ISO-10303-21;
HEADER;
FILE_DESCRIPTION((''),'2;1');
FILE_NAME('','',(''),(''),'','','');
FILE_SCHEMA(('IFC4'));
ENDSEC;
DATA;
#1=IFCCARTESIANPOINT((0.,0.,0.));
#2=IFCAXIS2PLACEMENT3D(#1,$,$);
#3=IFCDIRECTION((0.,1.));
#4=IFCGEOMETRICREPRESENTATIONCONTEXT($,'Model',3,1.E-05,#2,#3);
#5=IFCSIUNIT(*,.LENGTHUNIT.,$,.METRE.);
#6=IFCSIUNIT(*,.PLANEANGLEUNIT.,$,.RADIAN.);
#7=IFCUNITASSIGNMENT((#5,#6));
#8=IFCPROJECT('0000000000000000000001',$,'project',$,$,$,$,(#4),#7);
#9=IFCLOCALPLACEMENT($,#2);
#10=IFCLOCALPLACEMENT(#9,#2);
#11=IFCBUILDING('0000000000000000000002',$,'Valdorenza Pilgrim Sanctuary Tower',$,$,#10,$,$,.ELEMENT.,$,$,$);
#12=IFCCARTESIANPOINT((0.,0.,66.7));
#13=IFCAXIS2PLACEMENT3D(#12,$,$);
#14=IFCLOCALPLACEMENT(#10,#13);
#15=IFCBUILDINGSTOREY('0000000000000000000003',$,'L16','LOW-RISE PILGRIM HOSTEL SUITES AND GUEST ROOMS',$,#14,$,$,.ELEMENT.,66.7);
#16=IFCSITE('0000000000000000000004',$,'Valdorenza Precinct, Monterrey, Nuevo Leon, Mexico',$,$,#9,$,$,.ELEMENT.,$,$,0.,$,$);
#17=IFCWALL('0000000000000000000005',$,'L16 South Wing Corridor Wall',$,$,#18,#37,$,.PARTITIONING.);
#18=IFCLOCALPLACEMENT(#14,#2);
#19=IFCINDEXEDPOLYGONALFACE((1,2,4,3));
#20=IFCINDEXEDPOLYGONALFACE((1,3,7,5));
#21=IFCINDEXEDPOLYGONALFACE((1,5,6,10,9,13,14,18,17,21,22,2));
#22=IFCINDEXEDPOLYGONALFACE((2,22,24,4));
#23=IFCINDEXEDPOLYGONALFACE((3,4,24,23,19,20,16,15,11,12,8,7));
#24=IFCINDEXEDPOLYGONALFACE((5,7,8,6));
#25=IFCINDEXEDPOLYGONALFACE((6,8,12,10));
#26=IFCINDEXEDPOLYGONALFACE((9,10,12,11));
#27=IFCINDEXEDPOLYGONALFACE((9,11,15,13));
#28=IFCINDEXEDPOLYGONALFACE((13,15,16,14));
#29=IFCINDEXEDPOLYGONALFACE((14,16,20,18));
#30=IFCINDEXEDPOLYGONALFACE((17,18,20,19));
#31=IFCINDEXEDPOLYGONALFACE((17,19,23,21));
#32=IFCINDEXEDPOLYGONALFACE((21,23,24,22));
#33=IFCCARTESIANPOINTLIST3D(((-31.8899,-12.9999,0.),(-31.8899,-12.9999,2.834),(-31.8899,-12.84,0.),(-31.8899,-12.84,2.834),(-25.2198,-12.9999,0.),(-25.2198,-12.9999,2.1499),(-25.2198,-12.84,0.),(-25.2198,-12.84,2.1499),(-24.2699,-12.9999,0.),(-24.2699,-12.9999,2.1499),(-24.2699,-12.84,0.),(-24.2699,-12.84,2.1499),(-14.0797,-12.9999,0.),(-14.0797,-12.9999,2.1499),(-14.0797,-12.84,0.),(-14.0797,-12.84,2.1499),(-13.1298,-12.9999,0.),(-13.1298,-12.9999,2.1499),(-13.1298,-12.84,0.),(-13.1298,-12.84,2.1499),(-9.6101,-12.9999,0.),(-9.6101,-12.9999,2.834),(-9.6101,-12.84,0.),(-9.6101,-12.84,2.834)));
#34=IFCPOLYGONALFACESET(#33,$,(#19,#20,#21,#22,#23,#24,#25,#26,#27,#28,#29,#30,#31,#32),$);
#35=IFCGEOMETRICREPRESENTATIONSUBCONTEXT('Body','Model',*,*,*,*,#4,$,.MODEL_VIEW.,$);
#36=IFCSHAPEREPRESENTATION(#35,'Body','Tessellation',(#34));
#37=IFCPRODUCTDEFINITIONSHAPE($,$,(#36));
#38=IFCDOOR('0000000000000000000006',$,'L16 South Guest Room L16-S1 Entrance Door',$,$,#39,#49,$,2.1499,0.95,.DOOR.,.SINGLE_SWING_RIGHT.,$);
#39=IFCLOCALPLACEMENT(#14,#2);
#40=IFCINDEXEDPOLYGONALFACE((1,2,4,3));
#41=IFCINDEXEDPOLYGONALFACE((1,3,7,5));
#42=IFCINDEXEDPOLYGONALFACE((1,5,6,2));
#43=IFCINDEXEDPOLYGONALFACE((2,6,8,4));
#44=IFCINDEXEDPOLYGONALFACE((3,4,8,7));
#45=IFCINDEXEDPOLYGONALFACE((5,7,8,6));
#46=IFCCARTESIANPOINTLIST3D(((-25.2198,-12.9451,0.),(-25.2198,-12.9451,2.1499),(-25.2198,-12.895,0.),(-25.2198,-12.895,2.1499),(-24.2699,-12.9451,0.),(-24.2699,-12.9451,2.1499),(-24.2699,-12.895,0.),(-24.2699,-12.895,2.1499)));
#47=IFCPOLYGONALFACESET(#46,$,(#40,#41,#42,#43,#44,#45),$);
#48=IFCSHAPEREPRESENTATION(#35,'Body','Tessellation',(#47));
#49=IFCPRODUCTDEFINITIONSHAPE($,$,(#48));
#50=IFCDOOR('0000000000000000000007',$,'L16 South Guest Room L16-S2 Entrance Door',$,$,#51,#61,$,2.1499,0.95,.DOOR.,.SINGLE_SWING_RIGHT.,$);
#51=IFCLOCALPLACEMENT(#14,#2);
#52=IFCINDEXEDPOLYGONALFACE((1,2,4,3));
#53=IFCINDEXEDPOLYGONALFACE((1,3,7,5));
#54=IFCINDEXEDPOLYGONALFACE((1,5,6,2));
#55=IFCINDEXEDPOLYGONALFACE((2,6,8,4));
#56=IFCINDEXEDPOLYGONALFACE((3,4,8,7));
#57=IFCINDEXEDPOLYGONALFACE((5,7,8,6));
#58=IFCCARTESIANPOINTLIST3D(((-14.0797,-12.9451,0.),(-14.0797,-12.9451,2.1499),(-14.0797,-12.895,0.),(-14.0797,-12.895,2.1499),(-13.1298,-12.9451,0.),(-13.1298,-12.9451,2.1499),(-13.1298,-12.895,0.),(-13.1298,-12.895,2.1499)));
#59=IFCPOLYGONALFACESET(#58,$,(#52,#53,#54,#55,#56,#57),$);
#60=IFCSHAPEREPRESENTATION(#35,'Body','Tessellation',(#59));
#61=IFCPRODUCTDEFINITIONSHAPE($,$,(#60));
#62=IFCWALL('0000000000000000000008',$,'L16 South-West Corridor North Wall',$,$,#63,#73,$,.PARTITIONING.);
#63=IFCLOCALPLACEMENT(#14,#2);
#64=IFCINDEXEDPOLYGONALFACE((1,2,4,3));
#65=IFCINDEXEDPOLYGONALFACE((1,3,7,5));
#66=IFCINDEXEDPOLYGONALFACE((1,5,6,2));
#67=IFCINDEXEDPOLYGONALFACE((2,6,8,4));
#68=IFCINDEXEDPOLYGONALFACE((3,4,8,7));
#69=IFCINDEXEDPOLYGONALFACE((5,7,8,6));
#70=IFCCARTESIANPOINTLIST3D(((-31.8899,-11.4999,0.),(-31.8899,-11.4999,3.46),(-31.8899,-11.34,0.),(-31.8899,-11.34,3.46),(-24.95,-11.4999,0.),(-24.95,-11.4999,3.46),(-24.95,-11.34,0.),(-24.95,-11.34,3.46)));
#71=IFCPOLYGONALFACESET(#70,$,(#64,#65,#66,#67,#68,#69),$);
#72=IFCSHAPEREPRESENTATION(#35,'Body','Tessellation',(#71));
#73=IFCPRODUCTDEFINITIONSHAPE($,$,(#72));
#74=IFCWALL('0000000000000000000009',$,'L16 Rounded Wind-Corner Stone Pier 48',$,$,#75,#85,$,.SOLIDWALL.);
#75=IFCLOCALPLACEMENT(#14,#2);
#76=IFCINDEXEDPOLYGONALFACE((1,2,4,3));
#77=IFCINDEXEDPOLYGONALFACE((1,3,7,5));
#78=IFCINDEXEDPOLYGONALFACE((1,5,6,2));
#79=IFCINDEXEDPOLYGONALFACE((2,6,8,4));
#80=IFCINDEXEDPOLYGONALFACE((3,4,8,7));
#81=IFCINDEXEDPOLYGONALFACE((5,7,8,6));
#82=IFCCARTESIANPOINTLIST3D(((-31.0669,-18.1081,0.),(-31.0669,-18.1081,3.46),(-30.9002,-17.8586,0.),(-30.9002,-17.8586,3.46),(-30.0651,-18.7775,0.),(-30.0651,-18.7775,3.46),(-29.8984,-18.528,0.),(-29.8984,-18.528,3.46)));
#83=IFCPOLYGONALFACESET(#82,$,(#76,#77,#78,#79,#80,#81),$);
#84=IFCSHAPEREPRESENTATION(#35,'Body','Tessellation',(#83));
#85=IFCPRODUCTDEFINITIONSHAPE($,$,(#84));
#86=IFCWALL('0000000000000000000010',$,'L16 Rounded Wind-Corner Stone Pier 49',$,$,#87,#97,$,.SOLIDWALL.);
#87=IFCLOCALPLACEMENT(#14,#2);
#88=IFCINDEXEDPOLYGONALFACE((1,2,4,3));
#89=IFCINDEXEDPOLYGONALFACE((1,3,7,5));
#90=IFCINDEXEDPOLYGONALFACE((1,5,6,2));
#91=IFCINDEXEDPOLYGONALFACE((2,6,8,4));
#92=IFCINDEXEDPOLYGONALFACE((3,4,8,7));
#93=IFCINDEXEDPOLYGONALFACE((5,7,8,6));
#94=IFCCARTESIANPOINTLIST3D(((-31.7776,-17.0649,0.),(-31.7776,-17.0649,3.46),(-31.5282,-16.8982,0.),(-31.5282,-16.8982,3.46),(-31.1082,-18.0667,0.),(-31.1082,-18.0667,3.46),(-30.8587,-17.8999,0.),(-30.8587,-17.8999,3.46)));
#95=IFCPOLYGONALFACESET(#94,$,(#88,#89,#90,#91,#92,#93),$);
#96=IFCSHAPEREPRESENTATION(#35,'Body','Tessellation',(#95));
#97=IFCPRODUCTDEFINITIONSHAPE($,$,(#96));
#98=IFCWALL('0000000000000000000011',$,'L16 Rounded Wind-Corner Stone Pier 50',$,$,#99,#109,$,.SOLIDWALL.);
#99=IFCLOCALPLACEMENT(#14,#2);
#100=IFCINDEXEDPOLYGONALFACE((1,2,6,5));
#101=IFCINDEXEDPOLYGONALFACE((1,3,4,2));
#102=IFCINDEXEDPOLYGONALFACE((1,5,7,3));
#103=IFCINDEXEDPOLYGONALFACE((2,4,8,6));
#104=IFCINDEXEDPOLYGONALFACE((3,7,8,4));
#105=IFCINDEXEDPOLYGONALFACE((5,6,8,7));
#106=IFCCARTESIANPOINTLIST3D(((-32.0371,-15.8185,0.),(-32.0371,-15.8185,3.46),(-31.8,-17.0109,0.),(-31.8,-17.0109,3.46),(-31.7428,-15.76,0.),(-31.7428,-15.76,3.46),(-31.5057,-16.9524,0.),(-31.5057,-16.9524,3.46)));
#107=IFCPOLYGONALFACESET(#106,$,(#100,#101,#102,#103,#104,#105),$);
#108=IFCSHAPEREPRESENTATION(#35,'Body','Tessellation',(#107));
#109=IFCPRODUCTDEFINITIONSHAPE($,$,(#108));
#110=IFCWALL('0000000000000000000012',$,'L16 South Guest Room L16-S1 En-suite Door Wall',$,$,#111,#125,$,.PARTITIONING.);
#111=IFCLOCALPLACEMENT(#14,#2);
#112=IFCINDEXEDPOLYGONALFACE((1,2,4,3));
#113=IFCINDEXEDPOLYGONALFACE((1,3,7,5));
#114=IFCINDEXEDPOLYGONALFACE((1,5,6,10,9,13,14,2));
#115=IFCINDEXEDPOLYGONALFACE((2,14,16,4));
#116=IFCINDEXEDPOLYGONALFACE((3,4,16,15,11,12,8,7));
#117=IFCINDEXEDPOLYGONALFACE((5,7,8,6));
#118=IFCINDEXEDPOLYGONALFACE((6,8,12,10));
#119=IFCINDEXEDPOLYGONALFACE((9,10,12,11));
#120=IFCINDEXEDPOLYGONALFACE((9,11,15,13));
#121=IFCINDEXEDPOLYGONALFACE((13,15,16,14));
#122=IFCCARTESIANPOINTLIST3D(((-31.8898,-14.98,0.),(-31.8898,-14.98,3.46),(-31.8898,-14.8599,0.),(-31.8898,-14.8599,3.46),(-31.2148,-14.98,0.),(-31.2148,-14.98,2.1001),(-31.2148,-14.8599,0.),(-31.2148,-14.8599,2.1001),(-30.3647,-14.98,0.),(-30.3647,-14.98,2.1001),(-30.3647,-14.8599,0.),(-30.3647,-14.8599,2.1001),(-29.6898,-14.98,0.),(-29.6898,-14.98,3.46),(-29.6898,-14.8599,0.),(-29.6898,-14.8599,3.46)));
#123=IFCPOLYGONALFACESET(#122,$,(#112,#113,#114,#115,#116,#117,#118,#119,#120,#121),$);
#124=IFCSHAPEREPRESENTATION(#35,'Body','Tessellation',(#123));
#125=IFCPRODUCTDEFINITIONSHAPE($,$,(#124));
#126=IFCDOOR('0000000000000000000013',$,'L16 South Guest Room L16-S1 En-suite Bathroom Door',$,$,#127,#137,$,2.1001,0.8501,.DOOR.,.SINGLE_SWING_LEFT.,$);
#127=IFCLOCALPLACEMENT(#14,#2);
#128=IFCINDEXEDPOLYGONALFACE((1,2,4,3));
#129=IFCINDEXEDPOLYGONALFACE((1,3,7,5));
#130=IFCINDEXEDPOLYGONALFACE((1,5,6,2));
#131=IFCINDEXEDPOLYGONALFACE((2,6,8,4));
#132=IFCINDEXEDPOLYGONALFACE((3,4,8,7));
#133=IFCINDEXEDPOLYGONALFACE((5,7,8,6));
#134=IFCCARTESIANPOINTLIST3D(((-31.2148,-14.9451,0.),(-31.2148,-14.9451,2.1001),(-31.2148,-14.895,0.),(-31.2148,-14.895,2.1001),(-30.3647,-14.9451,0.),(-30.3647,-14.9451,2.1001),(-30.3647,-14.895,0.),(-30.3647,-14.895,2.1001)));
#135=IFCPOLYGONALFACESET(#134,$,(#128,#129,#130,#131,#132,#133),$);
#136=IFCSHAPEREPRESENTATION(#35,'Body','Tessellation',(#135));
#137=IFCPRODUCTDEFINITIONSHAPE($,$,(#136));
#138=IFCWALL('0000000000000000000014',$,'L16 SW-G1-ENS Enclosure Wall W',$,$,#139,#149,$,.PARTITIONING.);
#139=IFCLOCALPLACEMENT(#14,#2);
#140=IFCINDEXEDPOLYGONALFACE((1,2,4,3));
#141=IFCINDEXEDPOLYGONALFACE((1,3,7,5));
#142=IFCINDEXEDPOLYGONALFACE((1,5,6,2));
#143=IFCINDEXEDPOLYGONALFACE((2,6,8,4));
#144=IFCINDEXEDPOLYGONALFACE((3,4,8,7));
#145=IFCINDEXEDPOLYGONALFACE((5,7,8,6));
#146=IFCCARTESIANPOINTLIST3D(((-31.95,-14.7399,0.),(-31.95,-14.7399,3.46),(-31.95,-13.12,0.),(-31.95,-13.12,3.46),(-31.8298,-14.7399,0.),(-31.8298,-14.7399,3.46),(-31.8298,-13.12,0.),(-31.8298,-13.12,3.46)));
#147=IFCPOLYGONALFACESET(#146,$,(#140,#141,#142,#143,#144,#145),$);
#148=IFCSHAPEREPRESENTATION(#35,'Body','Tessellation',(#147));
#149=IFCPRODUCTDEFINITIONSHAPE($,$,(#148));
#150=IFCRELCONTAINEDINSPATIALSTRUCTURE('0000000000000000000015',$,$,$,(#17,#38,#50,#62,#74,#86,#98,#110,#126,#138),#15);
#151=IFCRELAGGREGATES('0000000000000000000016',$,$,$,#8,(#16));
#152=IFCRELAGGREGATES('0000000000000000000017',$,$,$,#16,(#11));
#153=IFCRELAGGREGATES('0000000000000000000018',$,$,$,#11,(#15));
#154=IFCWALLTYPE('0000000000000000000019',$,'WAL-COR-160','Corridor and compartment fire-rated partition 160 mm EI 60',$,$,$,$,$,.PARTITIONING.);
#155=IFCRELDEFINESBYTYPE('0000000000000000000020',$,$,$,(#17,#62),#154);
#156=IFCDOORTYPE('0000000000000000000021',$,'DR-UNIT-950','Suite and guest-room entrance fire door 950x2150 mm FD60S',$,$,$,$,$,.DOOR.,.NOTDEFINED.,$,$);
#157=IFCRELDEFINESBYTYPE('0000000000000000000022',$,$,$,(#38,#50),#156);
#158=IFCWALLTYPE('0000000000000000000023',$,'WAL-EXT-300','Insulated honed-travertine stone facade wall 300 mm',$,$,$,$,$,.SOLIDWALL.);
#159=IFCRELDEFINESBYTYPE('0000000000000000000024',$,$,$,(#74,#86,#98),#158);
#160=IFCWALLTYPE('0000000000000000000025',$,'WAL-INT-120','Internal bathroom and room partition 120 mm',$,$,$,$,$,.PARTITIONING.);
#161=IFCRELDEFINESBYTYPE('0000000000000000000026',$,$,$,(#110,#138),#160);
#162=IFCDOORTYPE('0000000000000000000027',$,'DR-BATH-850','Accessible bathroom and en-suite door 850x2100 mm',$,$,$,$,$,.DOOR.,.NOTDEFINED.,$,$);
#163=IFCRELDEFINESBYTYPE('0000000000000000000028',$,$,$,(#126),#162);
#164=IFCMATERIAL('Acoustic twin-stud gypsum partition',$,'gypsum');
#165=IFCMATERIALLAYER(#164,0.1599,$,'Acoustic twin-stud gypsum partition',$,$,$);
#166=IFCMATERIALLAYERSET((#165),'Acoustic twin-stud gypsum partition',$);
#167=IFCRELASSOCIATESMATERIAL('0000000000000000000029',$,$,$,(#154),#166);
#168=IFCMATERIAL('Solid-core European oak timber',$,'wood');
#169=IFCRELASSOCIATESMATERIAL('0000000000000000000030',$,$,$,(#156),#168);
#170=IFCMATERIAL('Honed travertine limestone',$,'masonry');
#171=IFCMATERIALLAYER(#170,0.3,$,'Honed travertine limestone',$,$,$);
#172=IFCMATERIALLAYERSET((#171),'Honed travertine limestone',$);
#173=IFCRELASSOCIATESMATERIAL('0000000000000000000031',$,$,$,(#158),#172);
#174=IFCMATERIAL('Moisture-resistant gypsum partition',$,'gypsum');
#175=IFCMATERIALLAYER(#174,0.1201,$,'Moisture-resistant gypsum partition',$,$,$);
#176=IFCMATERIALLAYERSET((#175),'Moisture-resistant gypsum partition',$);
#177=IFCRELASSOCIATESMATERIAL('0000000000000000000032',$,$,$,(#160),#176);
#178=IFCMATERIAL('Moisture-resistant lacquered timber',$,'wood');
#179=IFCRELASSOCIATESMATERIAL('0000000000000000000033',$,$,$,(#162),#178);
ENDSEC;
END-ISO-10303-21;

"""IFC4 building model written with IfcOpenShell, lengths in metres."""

from ifc_helpers import new_model, si_unit, direction, frame, frame_2d, origin, place, context, subcontext, project, spatial, rectangle, extrude, material, layer, layer_set, type_object, element, fill, save


model = new_model("IFC4")

# Units and contexts
model_context = context("Model", 3, precision=1e-05, world=origin(), true_north=direction((0.0, 1.0)))
body_context = subcontext(model_context, "Body", "Model", "MODEL_VIEW")
ifc_project = project(units=[si_unit("LENGTHUNIT", "METRE"), si_unit("PLANEANGLEUNIT", "RADIAN")], contexts=[model_context])

# Site, building, storey
site_placement = place(None, origin())
site = spatial("IfcSite", under=ifc_project, at=site_placement, Name="Valdorenza Precinct, Monterrey, Nuevo Leon, Mexico", CompositionType="ELEMENT", RefElevation=0.0)
building_placement = place(site_placement, origin())
building = spatial("IfcBuilding", under=site, at=building_placement, Name="Valdorenza Pilgrim Sanctuary Tower", CompositionType="ELEMENT")
storey_placement = place(building_placement, frame((0.0, 0.0, 66.7)))
storey = spatial("IfcBuildingStorey", under=building, at=storey_placement, Name="L16", Description="LOW-RISE PILGRIM HOSTEL SUITES AND GUEST ROOMS", CompositionType="ELEMENT", Elevation=66.7)

# Shared definitions
ifc_material_1 = material(Name="Honed travertine limestone", Category="masonry")

# Wall, openings, doors
ifc_material_2 = material(Name="Acoustic twin-stud gypsum partition", Category="gypsum")
ifc_layer_1 = layer(ifc_material_2, 0.1599, Name="Acoustic twin-stud gypsum partition")
ifc_layer_set_1 = layer_set([ifc_layer_1], Name="Acoustic twin-stud gypsum partition")
wall_type_1 = type_object("IfcWallType", Name="WAL-COR-160", Description="Corridor and compartment fire-rated partition 160 mm EI 60", PredefinedType="PARTITIONING", material=ifc_layer_set_1)
wall_1_placement = place(storey_placement, frame((-31.8899, -12.9199, 0.0), z_axis=(0.0, 0.0, 1.0), x_axis=(1.0, 0.0, 0.0)))
wall_1 = element("IfcWall", 1, at=wall_1_placement, inside=storey, type_object=wall_type_1, Name="L16 South Wing Corridor Wall", PredefinedType="PARTITIONING", context=body_context, shape_type="SweptSolid", body=[
    extrude(rectangle(XDim=22.2798, YDim=0.1599, at=frame_2d((11.1399, 0.0))), origin(), (0.0, 0.0, 1.0), 2.834),
])
opening_1_placement = place(wall_1_placement, frame((6.6699, 0.0, 0.0)))
opening_1 = element("IfcOpeningElement", 2, at=opening_1_placement, cuts=wall_1, PredefinedType="OPENING", context=body_context, shape_type="SweptSolid", body=[
    extrude(rectangle(XDim=0.95, YDim=2.1499, at=frame_2d((0.4751, 1.075))), frame((0.0, 0.0947, 0.0), z_axis=(0.0, -1.0, 0.0), x_axis=(1.0, 0.0, 0.0)), (0.0, 0.0, 1.0), 0.1897),
])
opening_2_placement = place(wall_1_placement, frame((17.8101, 0.0, 0.0)))
opening_2 = element("IfcOpeningElement", 3, at=opening_2_placement, cuts=wall_1, PredefinedType="OPENING", context=body_context, shape_type="SweptSolid", body=[
    extrude(rectangle(XDim=0.95, YDim=2.1499, at=frame_2d((0.4751, 1.075))), frame((0.0, 0.0947, 0.0), z_axis=(0.0, -1.0, 0.0), x_axis=(1.0, 0.0, 0.0)), (0.0, 0.0, 1.0), 0.1897),
])
ifc_material_3 = material(Name="Solid-core European oak timber", Category="wood")
door_type_1 = type_object("IfcDoorType", Name="DR-UNIT-950", Description="Suite and guest-room entrance fire door 950x2150 mm FD60S", OperationType="NOTDEFINED", PredefinedType="DOOR", material=ifc_material_3)
door_1_placement = place(opening_1_placement, origin())
door_1 = element("IfcDoor", 4, at=door_1_placement, inside=storey, type_object=door_type_1, Name="L16 South Guest Room L16-S1 Entrance Door", OperationType="SINGLE_SWING_RIGHT", OverallHeight=2.1499, OverallWidth=0.95, PredefinedType="DOOR", context=body_context, shape_type="SweptSolid", body=[
    extrude(rectangle(XDim=0.95, YDim=2.1499, at=frame_2d((0.4751, 1.075))), frame((0.0, 0.0249, 0.0), z_axis=(0.0, -1.0, 0.0), x_axis=(1.0, 0.0, 0.0)), (0.0, 0.0, 1.0), 0.05),
])
fill(opening_1, door_1)
door_2_placement = place(opening_2_placement, origin())
door_2 = element("IfcDoor", 5, at=door_2_placement, inside=storey, type_object=door_type_1, Name="L16 South Guest Room L16-S2 Entrance Door", OperationType="SINGLE_SWING_RIGHT", OverallHeight=2.1499, OverallWidth=0.95, PredefinedType="DOOR", context=body_context, shape_type="SweptSolid", body=[
    extrude(rectangle(XDim=0.95, YDim=2.1499, at=frame_2d((0.4751, 1.075))), frame((0.0, 0.0249, 0.0), z_axis=(0.0, -1.0, 0.0), x_axis=(1.0, 0.0, 0.0)), (0.0, 0.0, 1.0), 0.05),
])
fill(opening_2, door_2)

# Walls
wall_2_placement = place(storey_placement, frame((-31.8899, -11.4199, 0.0), z_axis=(0.0, 0.0, 1.0), x_axis=(1.0, 0.0, 0.0)))
element("IfcWall", 6, at=wall_2_placement, inside=storey, type_object=wall_type_1, Name="L16 South-West Corridor North Wall", PredefinedType="PARTITIONING", context=body_context, shape_type="SweptSolid", body=[
    extrude(rectangle(XDim=6.9399, YDim=0.1599, at=frame_2d((3.47, 0.0))), origin(), (0.0, 0.0, 1.0), 3.46),
])
ifc_layer_2 = layer(ifc_material_1, 0.3, Name="Honed travertine limestone")
ifc_layer_set_2 = layer_set([ifc_layer_2], Name="Honed travertine limestone")
wall_type_2 = type_object("IfcWallType", Name="WAL-EXT-300", Description="Insulated honed-travertine stone facade wall 300 mm", PredefinedType="SOLIDWALL", material=ifc_layer_set_2)
for number, where, z_axis, x_axis, name in (
    (7, (-29.9817, -18.6528, 0.0), (0.0, 0.0, 1.0), (-0.831426, 0.555635, 0.0), "L16 Rounded Wind-Corner Stone Pier 48"),
    (8, (-30.9834, -17.9834, 0.0), (0.0, 0.0, 1.0), (-0.555635, 0.831426, 0.0), "L16 Rounded Wind-Corner Stone Pier 49"),
):
    element("IfcWall", number, at=place(storey_placement, frame(where, z_axis=z_axis, x_axis=x_axis)), inside=storey, type_object=wall_type_2, Name=name, PredefinedType="SOLIDWALL", context=body_context, shape_type="SweptSolid", body=[
        extrude(rectangle(XDim=1.2048, YDim=0.3, at=frame_2d((0.6025, 0.0))), origin(), (0.0, 0.0, 1.0), 3.46),
    ])
wall_3_placement = place(storey_placement, frame((-31.6528, -16.9817, 0.0), z_axis=(0.0, 0.0, 1.0), x_axis=(-0.194996, 0.980804, 0.0)))
element("IfcWall", 9, at=wall_3_placement, inside=storey, type_object=wall_type_2, Name="L16 Rounded Wind-Corner Stone Pier 50", PredefinedType="SOLIDWALL", context=body_context, shape_type="SweptSolid", body=[
    extrude(rectangle(XDim=1.2158, YDim=0.3, at=frame_2d((0.6079, 0.0))), origin(), (0.0, 0.0, 1.0), 3.46),
])

# Wall, opening, door
ifc_material_4 = material(Name="Moisture-resistant gypsum partition", Category="gypsum")
ifc_layer_3 = layer(ifc_material_4, 0.1201, Name="Moisture-resistant gypsum partition")
ifc_layer_set_3 = layer_set([ifc_layer_3], Name="Moisture-resistant gypsum partition")
wall_type_3 = type_object("IfcWallType", Name="WAL-INT-120", Description="Internal bathroom and room partition 120 mm", PredefinedType="PARTITIONING", material=ifc_layer_set_3)
wall_4_placement = place(storey_placement, frame((-31.8899, -14.9199, 0.0), z_axis=(0.0, 0.0, 1.0), x_axis=(1.0, 0.0, 0.0)))
wall_4 = element("IfcWall", 10, at=wall_4_placement, inside=storey, type_object=wall_type_3, Name="L16 South Guest Room L16-S1 En-suite Door Wall", PredefinedType="PARTITIONING", context=body_context, shape_type="SweptSolid", body=[
    extrude(rectangle(XDim=2.2, YDim=0.1201, at=frame_2d((1.1001, 0.0))), origin(), (0.0, 0.0, 1.0), 3.46),
])
opening_3_placement = place(wall_4_placement, frame((0.675, 0.0, 0.0)))
opening_3 = element("IfcOpeningElement", 11, at=opening_3_placement, cuts=wall_4, PredefinedType="OPENING", context=body_context, shape_type="SweptSolid", body=[
    extrude(rectangle(XDim=0.8501, YDim=2.1001, at=frame_2d((0.425, 1.05))), frame((0.0, 0.075, 0.0), z_axis=(0.0, -1.0, 0.0), x_axis=(1.0, 0.0, 0.0)), (0.0, 0.0, 1.0), 0.1499),
])
ifc_material_5 = material(Name="Moisture-resistant lacquered timber", Category="wood")
door_type_2 = type_object("IfcDoorType", Name="DR-BATH-850", Description="Accessible bathroom and en-suite door 850x2100 mm", OperationType="NOTDEFINED", PredefinedType="DOOR", material=ifc_material_5)
door_3_placement = place(opening_3_placement, origin())
door_3 = element("IfcDoor", 12, at=door_3_placement, inside=storey, type_object=door_type_2, Name="L16 South Guest Room L16-S1 En-suite Bathroom Door", OperationType="SINGLE_SWING_LEFT", OverallHeight=2.1001, OverallWidth=0.8501, PredefinedType="DOOR", context=body_context, shape_type="SweptSolid", body=[
    extrude(rectangle(XDim=0.8501, YDim=2.1001, at=frame_2d((0.425, 1.05))), frame((0.0, 0.0249, 0.0), z_axis=(0.0, -1.0, 0.0), x_axis=(1.0, 0.0, 0.0)), (0.0, 0.0, 1.0), 0.05),
])
fill(opening_3, door_3)

# Wall
wall_5_placement = place(storey_placement, frame((-31.8899, -14.74, 0.0), z_axis=(0.0, 0.0, 1.0), x_axis=(0.0, 1.0, 0.0)))
element("IfcWall", 13, at=wall_5_placement, inside=storey, type_object=wall_type_3, Name="L16 SW-G1-ENS Enclosure Wall W", PredefinedType="PARTITIONING", context=body_context, shape_type="SweptSolid", body=[
    extrude(rectangle(XDim=1.6199, YDim=0.1201, at=frame_2d((0.8101, 0.0))), origin(), (0.0, 0.0, 1.0), 3.46),
])

save(model, "model.ifc")
